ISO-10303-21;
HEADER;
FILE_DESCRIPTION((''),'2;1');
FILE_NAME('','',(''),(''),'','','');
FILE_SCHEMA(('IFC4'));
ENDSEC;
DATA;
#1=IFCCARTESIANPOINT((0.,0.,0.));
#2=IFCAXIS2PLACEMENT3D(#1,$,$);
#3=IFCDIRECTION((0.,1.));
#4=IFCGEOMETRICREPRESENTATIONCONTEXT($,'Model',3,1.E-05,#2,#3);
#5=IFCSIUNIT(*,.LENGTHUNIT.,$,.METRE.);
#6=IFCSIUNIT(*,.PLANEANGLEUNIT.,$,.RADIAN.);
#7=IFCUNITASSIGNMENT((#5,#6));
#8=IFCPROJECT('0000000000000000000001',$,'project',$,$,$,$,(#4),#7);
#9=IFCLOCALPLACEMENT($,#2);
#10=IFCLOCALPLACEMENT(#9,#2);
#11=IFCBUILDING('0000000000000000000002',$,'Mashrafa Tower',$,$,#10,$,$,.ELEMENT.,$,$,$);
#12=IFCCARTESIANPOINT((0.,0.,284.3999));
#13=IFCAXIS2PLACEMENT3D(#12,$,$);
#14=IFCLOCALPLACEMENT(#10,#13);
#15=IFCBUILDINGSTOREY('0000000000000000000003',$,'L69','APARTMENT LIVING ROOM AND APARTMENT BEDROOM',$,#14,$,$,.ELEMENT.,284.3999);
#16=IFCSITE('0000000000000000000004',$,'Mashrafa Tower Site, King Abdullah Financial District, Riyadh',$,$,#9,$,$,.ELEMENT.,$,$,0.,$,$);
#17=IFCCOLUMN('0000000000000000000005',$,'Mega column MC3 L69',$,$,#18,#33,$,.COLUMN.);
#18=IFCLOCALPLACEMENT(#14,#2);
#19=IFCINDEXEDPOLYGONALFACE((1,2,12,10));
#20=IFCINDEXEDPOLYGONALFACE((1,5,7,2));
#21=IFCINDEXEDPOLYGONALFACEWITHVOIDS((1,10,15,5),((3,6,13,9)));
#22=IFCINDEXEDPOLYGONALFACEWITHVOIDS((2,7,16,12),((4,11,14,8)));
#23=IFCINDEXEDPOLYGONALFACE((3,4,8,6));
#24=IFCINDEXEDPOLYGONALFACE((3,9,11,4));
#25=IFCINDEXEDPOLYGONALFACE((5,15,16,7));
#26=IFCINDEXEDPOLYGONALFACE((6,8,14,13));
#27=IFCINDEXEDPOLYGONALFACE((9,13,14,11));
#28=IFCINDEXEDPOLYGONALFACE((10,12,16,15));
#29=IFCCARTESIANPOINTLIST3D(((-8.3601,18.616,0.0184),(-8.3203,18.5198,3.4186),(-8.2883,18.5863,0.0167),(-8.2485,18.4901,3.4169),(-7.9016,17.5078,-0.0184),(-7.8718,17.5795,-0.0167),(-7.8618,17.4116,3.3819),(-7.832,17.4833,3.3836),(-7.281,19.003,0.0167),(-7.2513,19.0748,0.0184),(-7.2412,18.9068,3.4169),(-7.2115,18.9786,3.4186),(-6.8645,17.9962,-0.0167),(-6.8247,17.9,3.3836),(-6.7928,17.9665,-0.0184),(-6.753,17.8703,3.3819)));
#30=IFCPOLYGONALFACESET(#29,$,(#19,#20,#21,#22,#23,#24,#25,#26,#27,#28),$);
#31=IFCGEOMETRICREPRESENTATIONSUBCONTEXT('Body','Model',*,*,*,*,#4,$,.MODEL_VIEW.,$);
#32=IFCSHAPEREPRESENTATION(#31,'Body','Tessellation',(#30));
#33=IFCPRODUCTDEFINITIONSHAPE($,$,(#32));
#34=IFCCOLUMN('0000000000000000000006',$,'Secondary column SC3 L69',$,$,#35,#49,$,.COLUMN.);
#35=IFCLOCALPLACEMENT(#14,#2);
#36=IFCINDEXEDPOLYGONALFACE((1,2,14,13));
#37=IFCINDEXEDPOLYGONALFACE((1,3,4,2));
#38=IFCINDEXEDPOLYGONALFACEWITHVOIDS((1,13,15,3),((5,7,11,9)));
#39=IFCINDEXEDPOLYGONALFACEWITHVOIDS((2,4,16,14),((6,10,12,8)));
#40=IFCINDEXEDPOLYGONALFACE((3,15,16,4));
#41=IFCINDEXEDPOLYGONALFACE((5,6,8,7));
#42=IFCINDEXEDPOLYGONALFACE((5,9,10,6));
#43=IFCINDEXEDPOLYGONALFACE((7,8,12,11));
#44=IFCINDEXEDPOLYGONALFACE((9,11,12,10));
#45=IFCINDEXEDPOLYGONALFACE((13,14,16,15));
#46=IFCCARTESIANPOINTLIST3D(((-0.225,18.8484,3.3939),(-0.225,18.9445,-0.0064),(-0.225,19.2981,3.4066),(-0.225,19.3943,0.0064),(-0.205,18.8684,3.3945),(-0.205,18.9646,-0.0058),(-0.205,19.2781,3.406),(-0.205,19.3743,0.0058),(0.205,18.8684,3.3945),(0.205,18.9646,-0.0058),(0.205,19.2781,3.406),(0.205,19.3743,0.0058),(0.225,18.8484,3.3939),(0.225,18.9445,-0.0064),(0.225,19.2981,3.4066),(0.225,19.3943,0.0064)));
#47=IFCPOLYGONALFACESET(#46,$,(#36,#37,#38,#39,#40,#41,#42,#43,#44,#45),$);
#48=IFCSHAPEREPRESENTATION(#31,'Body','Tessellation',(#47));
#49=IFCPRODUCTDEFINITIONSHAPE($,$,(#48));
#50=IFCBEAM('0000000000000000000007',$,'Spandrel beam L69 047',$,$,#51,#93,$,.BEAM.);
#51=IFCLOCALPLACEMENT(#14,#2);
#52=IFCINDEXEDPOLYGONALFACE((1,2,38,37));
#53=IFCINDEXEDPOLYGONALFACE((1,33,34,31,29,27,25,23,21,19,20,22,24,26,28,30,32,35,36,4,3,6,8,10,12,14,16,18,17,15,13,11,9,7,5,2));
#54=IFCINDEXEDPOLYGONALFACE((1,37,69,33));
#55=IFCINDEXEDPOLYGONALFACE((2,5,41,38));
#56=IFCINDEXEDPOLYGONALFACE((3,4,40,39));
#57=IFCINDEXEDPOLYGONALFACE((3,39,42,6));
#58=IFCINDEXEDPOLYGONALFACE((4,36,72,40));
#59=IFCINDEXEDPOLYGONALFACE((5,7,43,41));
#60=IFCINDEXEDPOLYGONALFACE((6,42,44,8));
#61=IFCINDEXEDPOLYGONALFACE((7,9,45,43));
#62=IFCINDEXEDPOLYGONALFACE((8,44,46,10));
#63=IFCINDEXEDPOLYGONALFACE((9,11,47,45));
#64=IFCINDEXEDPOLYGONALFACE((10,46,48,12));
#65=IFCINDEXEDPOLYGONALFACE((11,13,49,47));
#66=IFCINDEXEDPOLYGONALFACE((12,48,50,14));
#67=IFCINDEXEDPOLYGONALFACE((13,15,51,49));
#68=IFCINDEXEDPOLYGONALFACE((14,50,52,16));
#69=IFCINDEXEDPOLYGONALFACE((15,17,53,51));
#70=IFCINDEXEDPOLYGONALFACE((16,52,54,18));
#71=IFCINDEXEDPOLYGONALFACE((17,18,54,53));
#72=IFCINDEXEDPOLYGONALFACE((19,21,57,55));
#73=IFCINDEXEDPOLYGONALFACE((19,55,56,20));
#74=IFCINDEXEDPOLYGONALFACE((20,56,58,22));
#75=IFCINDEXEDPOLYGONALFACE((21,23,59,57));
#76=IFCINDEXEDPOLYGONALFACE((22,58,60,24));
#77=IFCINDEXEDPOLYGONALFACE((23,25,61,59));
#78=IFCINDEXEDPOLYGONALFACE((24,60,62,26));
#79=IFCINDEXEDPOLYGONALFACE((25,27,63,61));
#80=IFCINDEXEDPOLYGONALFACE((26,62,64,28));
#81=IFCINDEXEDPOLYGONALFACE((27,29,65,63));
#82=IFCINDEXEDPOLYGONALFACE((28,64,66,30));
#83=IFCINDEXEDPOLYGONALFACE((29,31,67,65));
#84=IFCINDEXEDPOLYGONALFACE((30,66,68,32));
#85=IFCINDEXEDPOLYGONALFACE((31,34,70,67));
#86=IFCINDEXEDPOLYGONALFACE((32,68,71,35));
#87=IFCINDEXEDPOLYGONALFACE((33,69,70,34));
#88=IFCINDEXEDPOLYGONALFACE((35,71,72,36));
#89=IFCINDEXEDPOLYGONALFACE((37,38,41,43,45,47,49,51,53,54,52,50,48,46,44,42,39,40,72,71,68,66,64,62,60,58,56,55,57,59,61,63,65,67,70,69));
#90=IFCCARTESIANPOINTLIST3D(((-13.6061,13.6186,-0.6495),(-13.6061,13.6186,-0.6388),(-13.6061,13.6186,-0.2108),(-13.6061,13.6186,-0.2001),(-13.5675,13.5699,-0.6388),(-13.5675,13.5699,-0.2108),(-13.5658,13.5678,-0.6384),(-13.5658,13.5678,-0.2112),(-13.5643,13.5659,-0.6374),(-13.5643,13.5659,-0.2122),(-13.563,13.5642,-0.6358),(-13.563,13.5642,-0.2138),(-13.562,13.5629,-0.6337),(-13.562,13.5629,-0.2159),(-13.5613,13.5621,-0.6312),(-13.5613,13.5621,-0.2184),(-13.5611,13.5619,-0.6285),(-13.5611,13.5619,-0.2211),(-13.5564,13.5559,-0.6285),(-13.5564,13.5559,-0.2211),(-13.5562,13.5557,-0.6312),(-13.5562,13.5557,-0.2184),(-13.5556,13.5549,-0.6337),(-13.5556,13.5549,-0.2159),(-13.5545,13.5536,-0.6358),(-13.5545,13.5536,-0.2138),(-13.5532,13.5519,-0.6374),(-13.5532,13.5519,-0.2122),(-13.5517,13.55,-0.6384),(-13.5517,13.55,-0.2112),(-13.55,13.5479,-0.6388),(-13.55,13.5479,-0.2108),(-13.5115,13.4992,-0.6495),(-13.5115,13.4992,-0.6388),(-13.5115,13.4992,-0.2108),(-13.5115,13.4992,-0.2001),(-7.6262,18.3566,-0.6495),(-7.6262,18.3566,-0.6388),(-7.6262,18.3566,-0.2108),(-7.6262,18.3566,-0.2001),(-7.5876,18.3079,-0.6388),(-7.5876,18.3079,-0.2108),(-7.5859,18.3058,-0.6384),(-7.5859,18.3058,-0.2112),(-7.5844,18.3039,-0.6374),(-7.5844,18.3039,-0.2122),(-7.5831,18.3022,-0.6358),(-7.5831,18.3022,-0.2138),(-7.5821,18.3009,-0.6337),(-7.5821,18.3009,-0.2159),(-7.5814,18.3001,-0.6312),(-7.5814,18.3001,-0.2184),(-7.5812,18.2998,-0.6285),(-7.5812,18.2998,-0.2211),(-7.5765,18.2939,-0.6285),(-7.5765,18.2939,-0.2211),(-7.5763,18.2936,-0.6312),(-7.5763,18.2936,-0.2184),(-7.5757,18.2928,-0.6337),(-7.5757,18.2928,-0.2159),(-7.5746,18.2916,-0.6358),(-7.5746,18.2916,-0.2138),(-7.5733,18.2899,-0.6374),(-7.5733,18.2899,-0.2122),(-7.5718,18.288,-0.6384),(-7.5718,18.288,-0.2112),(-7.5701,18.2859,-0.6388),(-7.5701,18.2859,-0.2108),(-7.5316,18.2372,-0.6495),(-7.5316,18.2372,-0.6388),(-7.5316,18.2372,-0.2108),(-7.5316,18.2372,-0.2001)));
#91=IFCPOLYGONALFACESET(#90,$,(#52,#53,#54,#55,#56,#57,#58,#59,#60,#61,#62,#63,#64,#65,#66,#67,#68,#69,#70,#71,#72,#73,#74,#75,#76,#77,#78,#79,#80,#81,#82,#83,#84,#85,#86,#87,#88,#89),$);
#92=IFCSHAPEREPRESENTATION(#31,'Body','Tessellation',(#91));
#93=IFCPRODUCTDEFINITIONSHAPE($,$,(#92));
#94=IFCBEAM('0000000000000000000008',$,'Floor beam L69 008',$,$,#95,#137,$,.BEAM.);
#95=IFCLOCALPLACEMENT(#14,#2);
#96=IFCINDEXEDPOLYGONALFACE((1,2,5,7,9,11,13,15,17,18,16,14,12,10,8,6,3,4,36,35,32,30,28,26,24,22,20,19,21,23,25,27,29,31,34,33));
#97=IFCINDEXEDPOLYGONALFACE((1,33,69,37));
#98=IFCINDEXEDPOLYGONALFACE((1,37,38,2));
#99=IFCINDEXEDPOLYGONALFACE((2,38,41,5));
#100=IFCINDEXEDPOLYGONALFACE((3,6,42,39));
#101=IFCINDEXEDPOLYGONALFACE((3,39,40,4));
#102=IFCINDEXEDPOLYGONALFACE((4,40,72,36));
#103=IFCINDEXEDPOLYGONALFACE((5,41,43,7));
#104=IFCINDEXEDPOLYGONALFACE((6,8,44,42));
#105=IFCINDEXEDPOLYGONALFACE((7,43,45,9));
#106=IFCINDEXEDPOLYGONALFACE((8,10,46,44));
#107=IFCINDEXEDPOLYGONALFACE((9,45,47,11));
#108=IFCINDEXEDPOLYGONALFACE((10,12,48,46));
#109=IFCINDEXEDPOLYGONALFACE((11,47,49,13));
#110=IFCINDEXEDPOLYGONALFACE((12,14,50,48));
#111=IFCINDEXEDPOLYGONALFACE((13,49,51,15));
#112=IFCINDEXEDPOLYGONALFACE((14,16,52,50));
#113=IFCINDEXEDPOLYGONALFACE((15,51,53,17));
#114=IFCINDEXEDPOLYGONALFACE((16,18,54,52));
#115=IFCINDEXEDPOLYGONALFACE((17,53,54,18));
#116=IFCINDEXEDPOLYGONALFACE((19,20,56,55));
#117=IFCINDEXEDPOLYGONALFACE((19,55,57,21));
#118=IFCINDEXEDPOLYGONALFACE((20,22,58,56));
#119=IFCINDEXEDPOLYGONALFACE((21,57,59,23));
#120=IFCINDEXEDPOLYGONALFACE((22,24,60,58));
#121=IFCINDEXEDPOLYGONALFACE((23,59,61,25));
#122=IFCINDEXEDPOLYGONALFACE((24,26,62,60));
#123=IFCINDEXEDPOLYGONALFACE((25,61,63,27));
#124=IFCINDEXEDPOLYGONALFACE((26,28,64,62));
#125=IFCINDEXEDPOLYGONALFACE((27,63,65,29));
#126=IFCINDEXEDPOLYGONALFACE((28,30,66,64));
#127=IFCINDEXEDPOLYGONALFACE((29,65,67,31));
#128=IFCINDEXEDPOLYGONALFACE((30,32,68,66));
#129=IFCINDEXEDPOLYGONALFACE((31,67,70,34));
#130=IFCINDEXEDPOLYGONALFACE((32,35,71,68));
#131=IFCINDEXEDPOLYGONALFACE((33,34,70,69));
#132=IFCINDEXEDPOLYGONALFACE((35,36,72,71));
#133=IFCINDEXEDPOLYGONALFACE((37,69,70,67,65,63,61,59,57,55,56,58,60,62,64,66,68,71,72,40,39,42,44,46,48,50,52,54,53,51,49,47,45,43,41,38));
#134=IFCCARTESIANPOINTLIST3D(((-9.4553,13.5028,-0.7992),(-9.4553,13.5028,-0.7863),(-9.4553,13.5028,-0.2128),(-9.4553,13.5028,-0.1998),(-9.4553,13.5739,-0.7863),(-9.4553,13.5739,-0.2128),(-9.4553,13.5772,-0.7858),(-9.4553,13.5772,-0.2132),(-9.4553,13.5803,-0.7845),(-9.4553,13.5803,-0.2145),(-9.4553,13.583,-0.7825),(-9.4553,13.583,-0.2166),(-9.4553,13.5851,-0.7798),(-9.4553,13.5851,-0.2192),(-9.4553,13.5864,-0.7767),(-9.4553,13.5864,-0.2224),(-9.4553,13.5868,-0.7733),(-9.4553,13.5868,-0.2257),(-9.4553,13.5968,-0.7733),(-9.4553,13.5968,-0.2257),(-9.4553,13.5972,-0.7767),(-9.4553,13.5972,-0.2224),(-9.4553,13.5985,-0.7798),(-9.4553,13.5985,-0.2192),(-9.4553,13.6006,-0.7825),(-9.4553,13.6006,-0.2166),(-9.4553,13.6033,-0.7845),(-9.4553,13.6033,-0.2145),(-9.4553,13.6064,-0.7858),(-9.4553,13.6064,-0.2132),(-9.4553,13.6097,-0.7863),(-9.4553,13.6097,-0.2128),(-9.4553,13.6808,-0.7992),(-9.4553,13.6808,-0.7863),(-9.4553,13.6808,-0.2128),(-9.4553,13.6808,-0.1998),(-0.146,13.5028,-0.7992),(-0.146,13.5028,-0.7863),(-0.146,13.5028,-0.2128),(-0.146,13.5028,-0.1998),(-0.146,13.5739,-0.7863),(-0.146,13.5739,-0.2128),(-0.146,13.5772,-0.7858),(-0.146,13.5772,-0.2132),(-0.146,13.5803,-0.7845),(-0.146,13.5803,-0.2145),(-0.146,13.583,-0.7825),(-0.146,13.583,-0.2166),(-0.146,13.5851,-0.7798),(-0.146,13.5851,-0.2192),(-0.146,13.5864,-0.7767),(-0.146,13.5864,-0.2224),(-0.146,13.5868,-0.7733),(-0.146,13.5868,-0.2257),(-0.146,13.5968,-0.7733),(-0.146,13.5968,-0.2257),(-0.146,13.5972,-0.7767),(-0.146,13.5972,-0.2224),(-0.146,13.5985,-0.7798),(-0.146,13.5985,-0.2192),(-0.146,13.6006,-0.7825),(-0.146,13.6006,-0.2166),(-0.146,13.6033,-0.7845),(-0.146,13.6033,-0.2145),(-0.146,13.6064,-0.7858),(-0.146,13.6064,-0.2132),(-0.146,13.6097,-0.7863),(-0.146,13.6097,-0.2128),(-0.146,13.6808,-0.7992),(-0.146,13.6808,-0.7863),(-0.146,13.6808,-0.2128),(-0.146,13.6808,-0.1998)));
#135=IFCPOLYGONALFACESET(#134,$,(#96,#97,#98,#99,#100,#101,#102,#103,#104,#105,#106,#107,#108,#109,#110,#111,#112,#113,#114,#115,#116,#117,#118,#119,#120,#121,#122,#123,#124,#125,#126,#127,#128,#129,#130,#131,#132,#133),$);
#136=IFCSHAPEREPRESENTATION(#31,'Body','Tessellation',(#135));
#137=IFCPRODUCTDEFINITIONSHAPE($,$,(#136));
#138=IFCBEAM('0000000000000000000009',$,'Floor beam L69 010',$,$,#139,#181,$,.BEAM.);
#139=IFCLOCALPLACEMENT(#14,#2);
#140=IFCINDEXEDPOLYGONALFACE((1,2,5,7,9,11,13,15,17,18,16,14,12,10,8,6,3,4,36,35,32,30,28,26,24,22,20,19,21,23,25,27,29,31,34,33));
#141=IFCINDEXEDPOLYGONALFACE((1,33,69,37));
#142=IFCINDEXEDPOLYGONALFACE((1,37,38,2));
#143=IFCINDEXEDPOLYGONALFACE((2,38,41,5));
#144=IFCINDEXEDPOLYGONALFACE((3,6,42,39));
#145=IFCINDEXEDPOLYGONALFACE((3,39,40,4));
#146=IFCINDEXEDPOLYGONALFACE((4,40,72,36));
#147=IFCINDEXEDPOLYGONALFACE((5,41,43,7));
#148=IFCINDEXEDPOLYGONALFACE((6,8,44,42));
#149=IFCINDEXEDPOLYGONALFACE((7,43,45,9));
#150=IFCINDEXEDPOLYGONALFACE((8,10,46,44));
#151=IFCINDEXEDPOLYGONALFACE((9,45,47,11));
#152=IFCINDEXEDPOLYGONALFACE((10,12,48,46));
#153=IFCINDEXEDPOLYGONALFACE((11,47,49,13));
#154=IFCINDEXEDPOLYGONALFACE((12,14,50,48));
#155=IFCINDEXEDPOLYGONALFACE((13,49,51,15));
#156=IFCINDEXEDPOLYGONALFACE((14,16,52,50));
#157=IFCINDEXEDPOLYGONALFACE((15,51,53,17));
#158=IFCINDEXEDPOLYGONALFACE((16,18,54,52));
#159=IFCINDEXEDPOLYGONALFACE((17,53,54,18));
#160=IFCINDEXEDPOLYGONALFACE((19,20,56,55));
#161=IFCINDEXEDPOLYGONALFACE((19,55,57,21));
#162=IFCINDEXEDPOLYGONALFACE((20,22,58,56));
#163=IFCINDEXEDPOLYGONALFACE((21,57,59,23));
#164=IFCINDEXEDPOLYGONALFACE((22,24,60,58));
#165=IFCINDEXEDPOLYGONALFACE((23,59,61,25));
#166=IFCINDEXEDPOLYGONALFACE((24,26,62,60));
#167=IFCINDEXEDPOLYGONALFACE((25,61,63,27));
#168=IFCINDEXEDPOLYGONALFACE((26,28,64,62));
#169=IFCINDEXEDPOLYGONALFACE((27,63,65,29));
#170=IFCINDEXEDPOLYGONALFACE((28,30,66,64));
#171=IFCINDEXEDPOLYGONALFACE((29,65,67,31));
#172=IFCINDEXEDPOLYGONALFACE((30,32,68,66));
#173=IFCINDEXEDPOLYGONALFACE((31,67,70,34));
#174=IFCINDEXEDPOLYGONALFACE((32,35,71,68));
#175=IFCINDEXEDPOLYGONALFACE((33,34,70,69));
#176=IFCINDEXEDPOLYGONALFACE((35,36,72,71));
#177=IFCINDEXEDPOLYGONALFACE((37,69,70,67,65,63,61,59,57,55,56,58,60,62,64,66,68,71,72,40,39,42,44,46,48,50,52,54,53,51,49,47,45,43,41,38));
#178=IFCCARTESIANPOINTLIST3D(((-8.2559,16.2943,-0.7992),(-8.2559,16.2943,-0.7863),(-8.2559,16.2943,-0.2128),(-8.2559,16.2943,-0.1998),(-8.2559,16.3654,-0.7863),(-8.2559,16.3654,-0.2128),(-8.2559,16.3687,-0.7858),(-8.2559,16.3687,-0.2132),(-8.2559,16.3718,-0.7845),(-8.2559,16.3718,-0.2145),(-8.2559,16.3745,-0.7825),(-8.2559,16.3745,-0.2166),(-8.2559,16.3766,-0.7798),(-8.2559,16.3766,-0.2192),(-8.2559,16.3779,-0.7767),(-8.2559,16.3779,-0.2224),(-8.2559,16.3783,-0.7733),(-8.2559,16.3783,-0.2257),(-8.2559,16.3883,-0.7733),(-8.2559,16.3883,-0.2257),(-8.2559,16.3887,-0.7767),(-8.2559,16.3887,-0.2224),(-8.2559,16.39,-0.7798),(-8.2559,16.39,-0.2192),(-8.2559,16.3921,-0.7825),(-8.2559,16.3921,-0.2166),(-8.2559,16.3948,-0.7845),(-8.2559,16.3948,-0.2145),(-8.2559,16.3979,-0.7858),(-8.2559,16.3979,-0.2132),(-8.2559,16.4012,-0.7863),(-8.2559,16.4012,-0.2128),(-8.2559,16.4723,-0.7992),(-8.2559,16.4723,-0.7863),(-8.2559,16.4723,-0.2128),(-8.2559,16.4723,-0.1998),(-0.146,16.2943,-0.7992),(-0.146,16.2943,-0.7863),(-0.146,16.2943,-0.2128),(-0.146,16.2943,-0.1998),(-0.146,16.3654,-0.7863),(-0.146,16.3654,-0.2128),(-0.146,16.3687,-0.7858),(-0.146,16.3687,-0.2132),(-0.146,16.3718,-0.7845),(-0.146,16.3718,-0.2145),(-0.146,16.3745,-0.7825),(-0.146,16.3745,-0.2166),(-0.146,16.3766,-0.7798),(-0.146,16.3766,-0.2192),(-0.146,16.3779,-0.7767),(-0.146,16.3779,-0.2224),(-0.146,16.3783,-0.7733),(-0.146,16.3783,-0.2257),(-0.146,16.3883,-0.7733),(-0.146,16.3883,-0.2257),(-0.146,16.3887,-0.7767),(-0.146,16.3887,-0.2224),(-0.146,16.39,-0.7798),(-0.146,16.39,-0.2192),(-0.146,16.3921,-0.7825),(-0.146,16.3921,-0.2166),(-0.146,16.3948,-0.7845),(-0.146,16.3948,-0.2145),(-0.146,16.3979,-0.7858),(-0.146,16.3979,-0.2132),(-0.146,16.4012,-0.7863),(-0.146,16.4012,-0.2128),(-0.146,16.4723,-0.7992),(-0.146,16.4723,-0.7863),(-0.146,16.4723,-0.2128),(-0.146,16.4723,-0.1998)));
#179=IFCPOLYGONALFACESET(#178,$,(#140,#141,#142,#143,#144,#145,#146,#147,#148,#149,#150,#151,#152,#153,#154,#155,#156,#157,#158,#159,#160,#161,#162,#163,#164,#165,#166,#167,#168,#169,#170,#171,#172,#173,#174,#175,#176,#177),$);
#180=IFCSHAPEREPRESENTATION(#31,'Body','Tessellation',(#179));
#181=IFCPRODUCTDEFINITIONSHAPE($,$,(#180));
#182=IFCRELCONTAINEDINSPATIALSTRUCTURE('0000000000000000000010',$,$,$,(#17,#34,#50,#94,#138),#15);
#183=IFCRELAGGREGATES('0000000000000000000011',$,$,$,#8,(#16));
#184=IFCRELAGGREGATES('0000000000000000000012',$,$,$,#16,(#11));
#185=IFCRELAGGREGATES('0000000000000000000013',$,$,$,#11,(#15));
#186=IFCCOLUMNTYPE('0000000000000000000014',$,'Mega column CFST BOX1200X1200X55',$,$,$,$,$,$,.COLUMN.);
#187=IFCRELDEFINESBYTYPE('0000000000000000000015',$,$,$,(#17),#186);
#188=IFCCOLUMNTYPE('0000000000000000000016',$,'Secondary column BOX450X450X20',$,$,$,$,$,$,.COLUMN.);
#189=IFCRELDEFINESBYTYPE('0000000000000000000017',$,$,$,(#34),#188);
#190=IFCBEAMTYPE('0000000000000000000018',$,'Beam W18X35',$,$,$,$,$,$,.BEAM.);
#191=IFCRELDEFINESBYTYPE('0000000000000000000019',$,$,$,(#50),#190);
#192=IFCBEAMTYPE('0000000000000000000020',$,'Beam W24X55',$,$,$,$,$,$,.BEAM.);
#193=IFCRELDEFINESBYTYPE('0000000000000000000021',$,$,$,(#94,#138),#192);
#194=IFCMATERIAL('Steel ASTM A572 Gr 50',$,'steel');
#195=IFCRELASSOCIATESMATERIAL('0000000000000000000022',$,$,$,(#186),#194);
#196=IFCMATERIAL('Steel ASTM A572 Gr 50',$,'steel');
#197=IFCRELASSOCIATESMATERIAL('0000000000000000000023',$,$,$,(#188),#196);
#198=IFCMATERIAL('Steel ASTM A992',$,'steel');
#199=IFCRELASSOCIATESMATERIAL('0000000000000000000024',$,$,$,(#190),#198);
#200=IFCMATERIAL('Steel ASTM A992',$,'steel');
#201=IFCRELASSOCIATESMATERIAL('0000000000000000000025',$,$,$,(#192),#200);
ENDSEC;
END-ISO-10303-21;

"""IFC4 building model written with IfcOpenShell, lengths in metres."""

from ifc_helpers import new_model, si_unit, direction, frame, origin, origin_2d, place, context, subcontext, project, spatial, hollow_rectangle, i_section, extrude, material, material_profile, profile_set, type_object, element, save


model = new_model("IFC4")

# Units and contexts
model_context = context("Model", 3, precision=1e-05, world=origin(), true_north=direction((0.0, 1.0)))
body_context = subcontext(model_context, "Body", "Model", "MODEL_VIEW")
ifc_project = project(units=[si_unit("LENGTHUNIT", "METRE"), si_unit("PLANEANGLEUNIT", "RADIAN")], contexts=[model_context])

# Site, building, storey
site_placement = place(None, origin())
site = spatial("IfcSite", under=ifc_project, at=site_placement, Name="Mashrafa Tower Site, King Abdullah Financial District, Riyadh", CompositionType="ELEMENT", RefElevation=0.0)
building_placement = place(site_placement, origin())
building = spatial("IfcBuilding", under=site, at=building_placement, Name="Mashrafa Tower", CompositionType="ELEMENT")
storey_placement = place(building_placement, frame((0.0, 0.0, 284.3999)))
storey = spatial("IfcBuildingStorey", under=building, at=storey_placement, Name="L69", Description="APARTMENT LIVING ROOM AND APARTMENT BEDROOM", CompositionType="ELEMENT", Elevation=284.3999)

# Columns
ifc_material_1 = material(Name="Steel ASTM A572 Gr 50", Category="steel")
ifc_material_profile_1 = material_profile(ifc_material_1, hollow_rectangle(XDim=1.2, YDim=1.2, WallThickness=0.0549, at=origin_2d()), Name="BOX1200X1200X55")
ifc_profile_set_1 = profile_set([ifc_material_profile_1], Name="Steel ASTM A572 Gr 50")
column_type_1 = type_object("IfcColumnType", Name="Mega column CFST BOX1200X1200X55", PredefinedType="COLUMN", material=ifc_profile_set_1)
column_1_placement = place(storey_placement, frame((-7.5764, 18.2913, 0.0), z_axis=(0.011698, -0.028277, 0.999532), x_axis=(0.924045, 0.382283, 0.0)))
element("IfcColumn", 1, at=column_1_placement, inside=storey, type_object=column_type_1, Name="Mega column MC3 L69", PredefinedType="COLUMN", context=body_context, shape_type="SweptSolid", body=[
    extrude(hollow_rectangle(XDim=1.2, YDim=1.2, WallThickness=0.0549, at=origin_2d()), origin(), (0.0, 0.0, 1.0), 3.4019),
])
ifc_material_2 = material(Name="Steel ASTM A572 Gr 50", Category="steel")
ifc_material_profile_2 = material_profile(ifc_material_2, hollow_rectangle(XDim=0.45, YDim=0.45, WallThickness=0.02, at=origin_2d()), Name="BOX450X450X20")
ifc_profile_set_2 = profile_set([ifc_material_profile_2], Name="Steel ASTM A572 Gr 50")
column_type_2 = type_object("IfcColumnType", Name="Secondary column BOX450X450X20", PredefinedType="COLUMN", material=ifc_profile_set_2)
column_2_placement = place(storey_placement, frame((0.0, 19.1694, 0.0), z_axis=(0.0, -0.028279, 0.9996), x_axis=(1.0, 0.0, 0.0)))
element("IfcColumn", 2, at=column_2_placement, inside=storey, type_object=column_type_2, Name="Secondary column SC3 L69", PredefinedType="COLUMN", context=body_context, shape_type="SweptSolid", body=[
    extrude(hollow_rectangle(XDim=0.45, YDim=0.45, WallThickness=0.02, at=origin_2d()), origin(), (0.0, 0.0, 1.0), 3.4016),
])

# Beams
ifc_material_3 = material(Name="Steel ASTM A992", Category="steel")
ifc_material_profile_3 = material_profile(ifc_material_3, i_section(OverallWidth=0.1523, OverallDepth=0.4495, WebThickness=0.0076, FlangeThickness=0.0107, FilletRadius=0.0103, at=origin_2d()), Name="W18X35")
ifc_profile_set_3 = profile_set([ifc_material_profile_3], Name="Steel ASTM A992")
beam_type_1 = type_object("IfcBeamType", Name="Beam W18X35", PredefinedType="BEAM", material=ifc_profile_set_3)
beam_1_placement = place(storey_placement, frame((-7.5789, 18.2969, -0.4248), z_axis=(-0.783798, -0.621016, 0.0), x_axis=(0.621016, -0.783798, 0.0)))
element("IfcBeam", 3, at=beam_1_placement, inside=storey, type_object=beam_type_1, Name="Spandrel beam L69 047", PredefinedType="BEAM", context=body_context, shape_type="SweptSolid", body=[
    extrude(i_section(OverallWidth=0.1523, OverallDepth=0.4495, WebThickness=0.0076, FlangeThickness=0.0107, FilletRadius=0.0103, at=origin_2d()), origin(), (0.0, 0.0, 1.0), 7.6294),
])
ifc_material_4 = material(Name="Steel ASTM A992", Category="steel")
ifc_material_profile_4 = material_profile(ifc_material_4, i_section(OverallWidth=0.178, OverallDepth=0.5994, WebThickness=0.01, FlangeThickness=0.0129, FilletRadius=0.0129, at=origin_2d()), Name="W24X55")
ifc_profile_set_4 = profile_set([ifc_material_profile_4], Name="Steel ASTM A992")
beam_type_2 = type_object("IfcBeamType", Name="Beam W24X55", PredefinedType="BEAM", material=ifc_profile_set_4)
beam_2_placement = place(storey_placement, frame((-9.4553, 13.5918, -0.4995), z_axis=(1.0, 0.0, 0.0), x_axis=(0.0, 1.0, 0.0)))
element("IfcBeam", 4, at=beam_2_placement, inside=storey, type_object=beam_type_2, Name="Floor beam L69 008", PredefinedType="BEAM", context=body_context, shape_type="SweptSolid", body=[
    extrude(i_section(OverallWidth=0.178, OverallDepth=0.5994, WebThickness=0.01, FlangeThickness=0.0129, FilletRadius=0.0129, at=origin_2d()), origin(), (0.0, 0.0, 1.0), 9.3093),
])
beam_3_placement = place(storey_placement, frame((-8.2559, 16.3833, -0.4995), z_axis=(1.0, 0.0, 0.0), x_axis=(0.0, 1.0, 0.0)))
element("IfcBeam", 5, at=beam_3_placement, inside=storey, type_object=beam_type_2, Name="Floor beam L69 010", PredefinedType="BEAM", context=body_context, shape_type="SweptSolid", body=[
    extrude(i_section(OverallWidth=0.178, OverallDepth=0.5994, WebThickness=0.01, FlangeThickness=0.0129, FilletRadius=0.0129, at=origin_2d()), origin(), (0.0, 0.0, 1.0), 8.1099),
])

save(model, "model.ifc")
